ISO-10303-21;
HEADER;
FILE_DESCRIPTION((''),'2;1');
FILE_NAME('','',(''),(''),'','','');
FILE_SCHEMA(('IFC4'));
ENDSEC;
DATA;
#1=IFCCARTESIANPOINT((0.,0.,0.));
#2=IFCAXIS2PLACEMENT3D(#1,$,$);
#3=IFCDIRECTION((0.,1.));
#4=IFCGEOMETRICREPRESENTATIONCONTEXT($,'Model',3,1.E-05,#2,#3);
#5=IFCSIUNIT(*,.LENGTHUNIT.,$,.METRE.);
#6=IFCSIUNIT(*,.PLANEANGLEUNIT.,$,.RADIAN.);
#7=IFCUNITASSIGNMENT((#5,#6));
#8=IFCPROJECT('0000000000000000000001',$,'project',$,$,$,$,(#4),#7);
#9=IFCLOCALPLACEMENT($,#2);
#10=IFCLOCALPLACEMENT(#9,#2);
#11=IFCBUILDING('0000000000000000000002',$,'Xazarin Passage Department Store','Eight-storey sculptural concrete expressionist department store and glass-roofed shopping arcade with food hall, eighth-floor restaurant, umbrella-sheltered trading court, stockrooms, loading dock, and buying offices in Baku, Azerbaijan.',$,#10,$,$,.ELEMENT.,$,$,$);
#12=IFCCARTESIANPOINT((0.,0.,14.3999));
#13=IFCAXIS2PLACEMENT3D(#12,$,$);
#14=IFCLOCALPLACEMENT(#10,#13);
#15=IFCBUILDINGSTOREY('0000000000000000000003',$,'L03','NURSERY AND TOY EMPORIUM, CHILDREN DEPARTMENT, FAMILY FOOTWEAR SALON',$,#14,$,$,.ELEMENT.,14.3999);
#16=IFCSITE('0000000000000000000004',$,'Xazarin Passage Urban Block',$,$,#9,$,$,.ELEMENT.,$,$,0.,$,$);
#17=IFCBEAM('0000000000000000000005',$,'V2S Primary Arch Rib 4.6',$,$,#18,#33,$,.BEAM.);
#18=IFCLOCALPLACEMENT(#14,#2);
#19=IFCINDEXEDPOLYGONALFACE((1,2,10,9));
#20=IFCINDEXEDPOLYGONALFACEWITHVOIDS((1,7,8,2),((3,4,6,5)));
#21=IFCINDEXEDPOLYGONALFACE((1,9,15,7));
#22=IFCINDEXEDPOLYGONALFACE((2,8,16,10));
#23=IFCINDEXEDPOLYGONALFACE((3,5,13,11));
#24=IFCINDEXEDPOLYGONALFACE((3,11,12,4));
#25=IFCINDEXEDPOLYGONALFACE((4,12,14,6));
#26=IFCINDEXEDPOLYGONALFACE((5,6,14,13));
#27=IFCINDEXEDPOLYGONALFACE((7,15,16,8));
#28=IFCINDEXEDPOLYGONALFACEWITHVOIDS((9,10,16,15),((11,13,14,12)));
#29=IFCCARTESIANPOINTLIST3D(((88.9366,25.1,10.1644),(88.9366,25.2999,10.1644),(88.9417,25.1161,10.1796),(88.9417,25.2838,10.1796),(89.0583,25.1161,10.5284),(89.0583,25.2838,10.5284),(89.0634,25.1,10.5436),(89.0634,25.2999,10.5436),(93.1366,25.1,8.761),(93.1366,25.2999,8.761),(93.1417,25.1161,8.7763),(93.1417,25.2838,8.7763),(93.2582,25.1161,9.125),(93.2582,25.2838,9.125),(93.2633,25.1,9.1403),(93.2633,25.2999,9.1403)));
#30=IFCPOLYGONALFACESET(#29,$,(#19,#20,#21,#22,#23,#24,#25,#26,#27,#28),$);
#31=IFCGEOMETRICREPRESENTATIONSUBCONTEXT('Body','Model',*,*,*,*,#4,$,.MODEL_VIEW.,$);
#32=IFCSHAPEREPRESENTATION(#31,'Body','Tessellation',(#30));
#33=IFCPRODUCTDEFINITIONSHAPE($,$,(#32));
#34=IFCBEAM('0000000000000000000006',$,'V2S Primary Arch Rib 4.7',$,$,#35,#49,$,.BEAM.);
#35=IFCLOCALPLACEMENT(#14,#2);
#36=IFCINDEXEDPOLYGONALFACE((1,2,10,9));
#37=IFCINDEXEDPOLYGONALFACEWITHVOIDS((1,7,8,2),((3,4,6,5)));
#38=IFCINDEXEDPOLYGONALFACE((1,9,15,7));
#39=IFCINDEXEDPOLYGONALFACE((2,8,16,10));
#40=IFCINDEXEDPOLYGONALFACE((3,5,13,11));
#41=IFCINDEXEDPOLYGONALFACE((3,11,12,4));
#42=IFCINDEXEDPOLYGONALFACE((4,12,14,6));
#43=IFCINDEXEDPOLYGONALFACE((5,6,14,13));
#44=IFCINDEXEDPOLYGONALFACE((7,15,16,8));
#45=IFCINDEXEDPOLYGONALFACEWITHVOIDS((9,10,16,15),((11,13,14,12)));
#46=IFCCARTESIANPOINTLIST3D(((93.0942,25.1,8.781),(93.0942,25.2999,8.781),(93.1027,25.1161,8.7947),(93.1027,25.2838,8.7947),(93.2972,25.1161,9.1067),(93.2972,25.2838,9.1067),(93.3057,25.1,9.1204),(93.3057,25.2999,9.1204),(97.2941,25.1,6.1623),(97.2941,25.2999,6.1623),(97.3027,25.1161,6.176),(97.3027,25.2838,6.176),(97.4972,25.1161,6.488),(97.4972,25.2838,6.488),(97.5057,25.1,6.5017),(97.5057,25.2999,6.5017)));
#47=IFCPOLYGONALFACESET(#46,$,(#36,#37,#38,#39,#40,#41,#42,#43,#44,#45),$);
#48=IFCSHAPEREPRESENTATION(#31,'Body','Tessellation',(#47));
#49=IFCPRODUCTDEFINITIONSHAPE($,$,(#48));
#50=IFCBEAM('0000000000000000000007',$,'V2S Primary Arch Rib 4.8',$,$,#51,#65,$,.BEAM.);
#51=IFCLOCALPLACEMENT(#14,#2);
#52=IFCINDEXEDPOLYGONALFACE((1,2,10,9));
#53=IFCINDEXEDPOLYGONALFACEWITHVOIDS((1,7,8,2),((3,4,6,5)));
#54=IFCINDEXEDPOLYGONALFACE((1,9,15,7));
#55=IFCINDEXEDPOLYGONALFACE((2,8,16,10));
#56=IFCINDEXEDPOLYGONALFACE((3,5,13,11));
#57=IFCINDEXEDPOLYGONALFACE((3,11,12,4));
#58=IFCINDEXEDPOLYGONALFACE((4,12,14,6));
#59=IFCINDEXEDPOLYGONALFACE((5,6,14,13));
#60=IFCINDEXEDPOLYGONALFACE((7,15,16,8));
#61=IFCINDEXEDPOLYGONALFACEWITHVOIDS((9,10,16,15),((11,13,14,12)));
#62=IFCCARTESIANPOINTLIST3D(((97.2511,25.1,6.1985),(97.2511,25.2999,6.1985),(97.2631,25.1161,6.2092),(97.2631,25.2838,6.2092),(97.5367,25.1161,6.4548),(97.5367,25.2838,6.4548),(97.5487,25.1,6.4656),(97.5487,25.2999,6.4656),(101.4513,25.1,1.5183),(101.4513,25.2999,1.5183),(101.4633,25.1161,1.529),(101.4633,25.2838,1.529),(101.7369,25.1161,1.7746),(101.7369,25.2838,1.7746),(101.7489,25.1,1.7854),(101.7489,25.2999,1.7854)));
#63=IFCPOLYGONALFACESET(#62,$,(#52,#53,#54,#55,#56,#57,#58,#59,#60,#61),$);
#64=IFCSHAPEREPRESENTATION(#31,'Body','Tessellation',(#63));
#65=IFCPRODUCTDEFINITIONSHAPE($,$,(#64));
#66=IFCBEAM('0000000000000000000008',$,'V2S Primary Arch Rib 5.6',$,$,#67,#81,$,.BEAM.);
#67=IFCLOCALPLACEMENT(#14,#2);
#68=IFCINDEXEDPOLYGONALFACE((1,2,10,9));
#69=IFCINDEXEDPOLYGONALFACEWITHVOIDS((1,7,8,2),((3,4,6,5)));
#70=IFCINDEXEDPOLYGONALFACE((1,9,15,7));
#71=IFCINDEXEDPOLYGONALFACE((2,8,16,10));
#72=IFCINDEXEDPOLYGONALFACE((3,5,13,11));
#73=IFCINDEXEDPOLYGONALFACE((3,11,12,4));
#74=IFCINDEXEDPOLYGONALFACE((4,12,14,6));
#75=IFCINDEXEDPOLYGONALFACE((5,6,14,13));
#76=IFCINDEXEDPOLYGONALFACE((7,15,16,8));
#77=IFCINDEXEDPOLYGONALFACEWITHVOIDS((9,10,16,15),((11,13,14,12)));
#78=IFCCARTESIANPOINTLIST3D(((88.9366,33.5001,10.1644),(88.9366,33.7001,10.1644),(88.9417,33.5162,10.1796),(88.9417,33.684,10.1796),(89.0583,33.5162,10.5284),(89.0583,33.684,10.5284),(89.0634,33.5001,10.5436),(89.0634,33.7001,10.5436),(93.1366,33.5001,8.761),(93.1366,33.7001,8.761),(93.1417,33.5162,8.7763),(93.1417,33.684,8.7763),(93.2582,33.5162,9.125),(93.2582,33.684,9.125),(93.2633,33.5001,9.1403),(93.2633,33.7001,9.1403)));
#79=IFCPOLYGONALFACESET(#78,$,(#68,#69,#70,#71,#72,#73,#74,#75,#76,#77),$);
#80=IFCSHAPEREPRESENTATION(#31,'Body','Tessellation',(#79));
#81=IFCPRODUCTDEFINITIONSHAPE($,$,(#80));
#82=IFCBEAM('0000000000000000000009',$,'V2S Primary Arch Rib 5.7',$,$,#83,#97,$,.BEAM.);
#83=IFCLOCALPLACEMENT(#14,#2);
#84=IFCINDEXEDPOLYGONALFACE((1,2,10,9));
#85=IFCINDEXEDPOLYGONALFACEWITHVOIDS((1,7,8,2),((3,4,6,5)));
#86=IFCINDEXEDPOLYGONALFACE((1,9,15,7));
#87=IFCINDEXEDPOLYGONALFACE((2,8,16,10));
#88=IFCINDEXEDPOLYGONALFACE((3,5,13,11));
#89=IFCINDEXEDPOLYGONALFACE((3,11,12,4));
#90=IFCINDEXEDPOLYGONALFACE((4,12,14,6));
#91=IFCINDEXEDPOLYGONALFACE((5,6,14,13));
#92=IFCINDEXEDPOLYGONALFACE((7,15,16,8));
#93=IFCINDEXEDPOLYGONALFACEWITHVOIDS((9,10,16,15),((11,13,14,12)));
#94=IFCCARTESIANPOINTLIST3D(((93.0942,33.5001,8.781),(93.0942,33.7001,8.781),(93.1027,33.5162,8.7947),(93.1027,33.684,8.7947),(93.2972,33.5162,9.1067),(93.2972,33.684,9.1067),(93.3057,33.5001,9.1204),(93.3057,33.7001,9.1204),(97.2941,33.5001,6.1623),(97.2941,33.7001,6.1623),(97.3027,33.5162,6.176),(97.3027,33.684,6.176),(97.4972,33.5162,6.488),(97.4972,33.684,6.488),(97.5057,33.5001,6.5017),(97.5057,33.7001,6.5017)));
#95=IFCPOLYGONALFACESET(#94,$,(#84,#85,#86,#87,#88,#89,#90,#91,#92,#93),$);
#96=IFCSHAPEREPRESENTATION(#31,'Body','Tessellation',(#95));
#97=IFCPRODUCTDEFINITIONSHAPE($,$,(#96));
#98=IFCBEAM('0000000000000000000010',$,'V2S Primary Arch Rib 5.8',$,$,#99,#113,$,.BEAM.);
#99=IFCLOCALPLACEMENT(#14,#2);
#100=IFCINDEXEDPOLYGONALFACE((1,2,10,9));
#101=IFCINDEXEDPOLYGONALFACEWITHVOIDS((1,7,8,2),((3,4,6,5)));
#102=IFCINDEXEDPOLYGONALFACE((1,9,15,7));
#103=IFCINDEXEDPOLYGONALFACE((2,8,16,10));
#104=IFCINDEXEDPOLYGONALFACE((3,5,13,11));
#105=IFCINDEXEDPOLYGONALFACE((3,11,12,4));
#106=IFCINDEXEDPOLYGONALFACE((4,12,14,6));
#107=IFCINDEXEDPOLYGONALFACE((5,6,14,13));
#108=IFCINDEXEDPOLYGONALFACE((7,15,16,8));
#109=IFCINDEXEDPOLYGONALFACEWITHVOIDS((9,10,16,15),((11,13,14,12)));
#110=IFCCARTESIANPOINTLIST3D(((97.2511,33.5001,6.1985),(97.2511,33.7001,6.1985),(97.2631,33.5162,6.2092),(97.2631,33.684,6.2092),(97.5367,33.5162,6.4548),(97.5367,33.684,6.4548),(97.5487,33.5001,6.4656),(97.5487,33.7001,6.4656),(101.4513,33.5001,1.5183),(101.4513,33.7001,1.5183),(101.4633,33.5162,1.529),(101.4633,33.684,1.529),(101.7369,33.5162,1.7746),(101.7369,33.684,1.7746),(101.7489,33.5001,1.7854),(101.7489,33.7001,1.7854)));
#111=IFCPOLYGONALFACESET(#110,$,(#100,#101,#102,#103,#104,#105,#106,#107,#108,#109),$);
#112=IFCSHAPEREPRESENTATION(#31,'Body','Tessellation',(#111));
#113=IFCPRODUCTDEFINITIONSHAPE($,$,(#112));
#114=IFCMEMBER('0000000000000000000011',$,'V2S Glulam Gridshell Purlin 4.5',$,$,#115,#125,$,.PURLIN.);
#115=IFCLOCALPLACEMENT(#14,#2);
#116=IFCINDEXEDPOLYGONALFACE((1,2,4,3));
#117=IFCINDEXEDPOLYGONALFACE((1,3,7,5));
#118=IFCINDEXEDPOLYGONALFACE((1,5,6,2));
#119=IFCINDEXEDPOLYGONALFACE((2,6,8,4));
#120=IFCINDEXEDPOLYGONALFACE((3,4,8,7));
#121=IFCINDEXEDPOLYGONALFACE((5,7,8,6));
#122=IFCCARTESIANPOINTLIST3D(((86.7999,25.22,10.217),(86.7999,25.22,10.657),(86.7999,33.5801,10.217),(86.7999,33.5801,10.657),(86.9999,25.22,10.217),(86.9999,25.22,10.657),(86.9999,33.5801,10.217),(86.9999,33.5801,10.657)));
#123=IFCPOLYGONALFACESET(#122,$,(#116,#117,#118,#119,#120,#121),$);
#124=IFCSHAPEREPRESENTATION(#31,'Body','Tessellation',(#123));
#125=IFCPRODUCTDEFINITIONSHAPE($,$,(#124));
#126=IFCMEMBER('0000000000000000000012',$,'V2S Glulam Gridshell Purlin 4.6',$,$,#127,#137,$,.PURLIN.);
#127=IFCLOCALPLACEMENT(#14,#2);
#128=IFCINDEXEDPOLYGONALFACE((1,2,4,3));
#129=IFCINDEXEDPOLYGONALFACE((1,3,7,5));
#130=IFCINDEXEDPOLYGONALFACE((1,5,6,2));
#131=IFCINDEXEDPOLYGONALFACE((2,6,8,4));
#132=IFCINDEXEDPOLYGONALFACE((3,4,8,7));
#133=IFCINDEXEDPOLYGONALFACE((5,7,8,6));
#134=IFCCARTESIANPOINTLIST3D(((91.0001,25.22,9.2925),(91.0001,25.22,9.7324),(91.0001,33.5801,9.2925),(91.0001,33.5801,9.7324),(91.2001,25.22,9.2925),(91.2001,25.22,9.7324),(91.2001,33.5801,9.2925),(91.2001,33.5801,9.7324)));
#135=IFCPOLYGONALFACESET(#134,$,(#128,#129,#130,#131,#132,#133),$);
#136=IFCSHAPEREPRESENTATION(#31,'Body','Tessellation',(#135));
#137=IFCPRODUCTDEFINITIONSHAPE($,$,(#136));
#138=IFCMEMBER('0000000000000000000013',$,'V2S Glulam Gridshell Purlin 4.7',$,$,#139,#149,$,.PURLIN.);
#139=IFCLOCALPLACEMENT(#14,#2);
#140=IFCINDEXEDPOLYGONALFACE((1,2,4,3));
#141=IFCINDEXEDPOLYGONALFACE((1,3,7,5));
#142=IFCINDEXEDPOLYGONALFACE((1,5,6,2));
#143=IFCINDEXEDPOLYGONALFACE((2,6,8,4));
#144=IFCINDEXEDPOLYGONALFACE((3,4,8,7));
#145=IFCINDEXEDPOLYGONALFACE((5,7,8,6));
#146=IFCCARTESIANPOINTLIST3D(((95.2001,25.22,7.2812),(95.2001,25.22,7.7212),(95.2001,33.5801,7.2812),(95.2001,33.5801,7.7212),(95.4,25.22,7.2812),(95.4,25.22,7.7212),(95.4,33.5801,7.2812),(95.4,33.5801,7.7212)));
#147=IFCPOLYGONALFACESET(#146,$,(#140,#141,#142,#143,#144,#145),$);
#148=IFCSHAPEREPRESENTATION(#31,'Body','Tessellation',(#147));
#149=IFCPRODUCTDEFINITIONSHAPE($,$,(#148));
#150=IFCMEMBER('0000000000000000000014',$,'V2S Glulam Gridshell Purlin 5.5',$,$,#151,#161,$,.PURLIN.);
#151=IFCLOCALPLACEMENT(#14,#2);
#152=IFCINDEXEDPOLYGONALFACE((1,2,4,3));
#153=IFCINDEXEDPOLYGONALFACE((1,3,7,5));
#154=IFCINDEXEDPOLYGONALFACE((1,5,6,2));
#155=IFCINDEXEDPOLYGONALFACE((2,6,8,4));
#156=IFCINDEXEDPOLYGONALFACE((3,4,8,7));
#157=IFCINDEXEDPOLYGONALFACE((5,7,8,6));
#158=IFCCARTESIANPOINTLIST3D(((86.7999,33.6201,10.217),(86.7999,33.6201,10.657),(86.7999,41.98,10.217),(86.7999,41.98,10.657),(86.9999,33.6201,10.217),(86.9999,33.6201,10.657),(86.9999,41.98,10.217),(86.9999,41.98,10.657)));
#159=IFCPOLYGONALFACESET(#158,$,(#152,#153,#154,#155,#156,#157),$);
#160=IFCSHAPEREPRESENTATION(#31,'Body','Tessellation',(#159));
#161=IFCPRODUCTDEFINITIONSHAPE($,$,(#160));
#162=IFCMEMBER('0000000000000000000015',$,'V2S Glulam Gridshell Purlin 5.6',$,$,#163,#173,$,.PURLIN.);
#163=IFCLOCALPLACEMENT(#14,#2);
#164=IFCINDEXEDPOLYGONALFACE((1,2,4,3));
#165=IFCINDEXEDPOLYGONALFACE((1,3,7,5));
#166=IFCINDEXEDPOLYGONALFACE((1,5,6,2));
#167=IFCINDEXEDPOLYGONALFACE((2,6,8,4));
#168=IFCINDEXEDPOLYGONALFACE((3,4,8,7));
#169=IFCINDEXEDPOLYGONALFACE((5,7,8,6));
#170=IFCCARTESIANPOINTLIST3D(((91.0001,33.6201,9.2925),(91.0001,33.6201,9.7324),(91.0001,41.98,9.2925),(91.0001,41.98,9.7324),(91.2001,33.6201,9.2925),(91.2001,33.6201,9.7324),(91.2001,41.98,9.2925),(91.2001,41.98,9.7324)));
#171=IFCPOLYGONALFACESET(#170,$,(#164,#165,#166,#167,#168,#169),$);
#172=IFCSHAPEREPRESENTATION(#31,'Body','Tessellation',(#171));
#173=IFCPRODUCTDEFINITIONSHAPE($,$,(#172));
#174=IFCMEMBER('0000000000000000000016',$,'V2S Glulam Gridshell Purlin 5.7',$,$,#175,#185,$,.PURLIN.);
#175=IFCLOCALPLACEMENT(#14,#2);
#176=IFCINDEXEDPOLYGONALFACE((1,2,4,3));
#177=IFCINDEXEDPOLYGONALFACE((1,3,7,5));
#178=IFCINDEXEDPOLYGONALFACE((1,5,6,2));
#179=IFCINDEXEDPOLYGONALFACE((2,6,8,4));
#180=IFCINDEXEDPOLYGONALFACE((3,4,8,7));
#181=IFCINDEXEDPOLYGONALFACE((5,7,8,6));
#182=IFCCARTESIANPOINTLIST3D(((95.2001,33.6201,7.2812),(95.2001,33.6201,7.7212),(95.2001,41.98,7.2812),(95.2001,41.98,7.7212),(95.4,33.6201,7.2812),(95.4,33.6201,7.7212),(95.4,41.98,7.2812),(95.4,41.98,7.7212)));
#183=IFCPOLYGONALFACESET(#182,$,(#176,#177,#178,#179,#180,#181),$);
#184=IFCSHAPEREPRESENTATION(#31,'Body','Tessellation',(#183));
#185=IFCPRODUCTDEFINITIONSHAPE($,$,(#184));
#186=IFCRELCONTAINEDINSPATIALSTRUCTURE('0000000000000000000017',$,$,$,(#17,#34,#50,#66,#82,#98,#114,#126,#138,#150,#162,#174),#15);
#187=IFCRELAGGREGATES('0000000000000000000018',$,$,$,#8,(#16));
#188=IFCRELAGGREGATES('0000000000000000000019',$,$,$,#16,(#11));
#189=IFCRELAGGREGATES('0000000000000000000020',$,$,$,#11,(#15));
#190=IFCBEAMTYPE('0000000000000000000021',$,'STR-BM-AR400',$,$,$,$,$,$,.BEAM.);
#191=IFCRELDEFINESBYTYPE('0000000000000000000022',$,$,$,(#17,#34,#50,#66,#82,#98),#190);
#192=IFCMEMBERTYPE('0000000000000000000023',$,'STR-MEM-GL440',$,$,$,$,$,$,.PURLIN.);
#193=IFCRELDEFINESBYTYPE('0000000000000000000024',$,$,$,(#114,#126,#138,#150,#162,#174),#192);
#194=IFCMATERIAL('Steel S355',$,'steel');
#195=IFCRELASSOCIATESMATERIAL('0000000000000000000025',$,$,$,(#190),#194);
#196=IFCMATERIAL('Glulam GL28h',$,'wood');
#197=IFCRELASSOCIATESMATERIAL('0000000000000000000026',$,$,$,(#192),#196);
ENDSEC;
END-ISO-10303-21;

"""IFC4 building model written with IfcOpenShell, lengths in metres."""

from ifc_helpers import new_model, si_unit, direction, frame, origin, origin_2d, place, context, subcontext, project, spatial, rectangle, hollow_rectangle, extrude, material, material_profile, profile_set, type_object, element, save


model = new_model("IFC4")

# Units and contexts
model_context = context("Model", 3, precision=1e-05, world=origin(), true_north=direction((0.0, 1.0)))
body_context = subcontext(model_context, "Body", "Model", "MODEL_VIEW")
ifc_project = project(units=[si_unit("LENGTHUNIT", "METRE"), si_unit("PLANEANGLEUNIT", "RADIAN")], contexts=[model_context])

# Site, building, storey
site_placement = place(None, origin())
site = spatial("IfcSite", under=ifc_project, at=site_placement, Name="Xazarin Passage Urban Block", CompositionType="ELEMENT", RefElevation=0.0)
building_placement = place(site_placement, origin())
building = spatial("IfcBuilding", under=site, at=building_placement, Name="Xazarin Passage Department Store", Description="Eight-storey sculptural concrete expressionist department store and glass-roofed shopping arcade with food hall, eighth-floor restaurant, umbrella-sheltered trading court, stockrooms, loading dock, and buying offices in Baku, Azerbaijan.", CompositionType="ELEMENT")
storey_placement = place(building_placement, frame((0.0, 0.0, 14.3999)))
storey = spatial("IfcBuildingStorey", under=building, at=storey_placement, Name="L03", Description="NURSERY AND TOY EMPORIUM, CHILDREN DEPARTMENT, FAMILY FOOTWEAR SALON", CompositionType="ELEMENT", Elevation=14.3999)

# Beams
ifc_material_1 = material(Name="Steel S355", Category="steel")
ifc_material_profile_1 = material_profile(ifc_material_1, hollow_rectangle(XDim=0.2, YDim=0.3999, WallThickness=0.0161, at=origin_2d()), Name="RHS 400x200x16")
ifc_profile_set_1 = profile_set([ifc_material_profile_1], Name="Steel S355")
beam_type = type_object("IfcBeamType", Name="STR-BM-AR400", PredefinedType="BEAM", material=ifc_profile_set_1)
beam_1_placement = place(storey_placement, frame((89.0, 25.2, 10.354), z_axis=(0.948457, 0.0, -0.316906), x_axis=(0.0, 1.0, 0.0)))
element("IfcBeam", 1, at=beam_1_placement, inside=storey, type_object=beam_type, Name="V2S Primary Arch Rib 4.6", PredefinedType="BEAM", context=body_context, shape_type="SweptSolid", body=[
    extrude(hollow_rectangle(XDim=0.2, YDim=0.3999, WallThickness=0.0161, at=origin_2d()), origin(), (0.0, 0.0, 1.0), 4.4282),
])
beam_2_placement = place(storey_placement, frame((93.2, 25.2, 8.9507), z_axis=(0.848571, 0.0, -0.529081), x_axis=(0.0, 1.0, 0.0)))
element("IfcBeam", 2, at=beam_2_placement, inside=storey, type_object=beam_type, Name="V2S Primary Arch Rib 4.7", PredefinedType="BEAM", context=body_context, shape_type="SweptSolid", body=[
    extrude(hollow_rectangle(XDim=0.2, YDim=0.3999, WallThickness=0.0161, at=origin_2d()), origin(), (0.0, 0.0, 1.0), 4.9495),
])
beam_3_placement = place(storey_placement, frame((97.3999, 25.2, 6.332), z_axis=(0.667913, 0.0, -0.744239), x_axis=(0.0, 1.0, 0.0)))
element("IfcBeam", 3, at=beam_3_placement, inside=storey, type_object=beam_type, Name="V2S Primary Arch Rib 4.8", PredefinedType="BEAM", context=body_context, shape_type="SweptSolid", body=[
    extrude(hollow_rectangle(XDim=0.2, YDim=0.3999, WallThickness=0.0161, at=origin_2d()), origin(), (0.0, 0.0, 1.0), 6.2886),
])
beam_4_placement = place(storey_placement, frame((89.0, 33.6001, 10.354), z_axis=(0.948457, 0.0, -0.316906), x_axis=(0.0, 1.0, 0.0)))
element("IfcBeam", 4, at=beam_4_placement, inside=storey, type_object=beam_type, Name="V2S Primary Arch Rib 5.6", PredefinedType="BEAM", context=body_context, shape_type="SweptSolid", body=[
    extrude(hollow_rectangle(XDim=0.2, YDim=0.3999, WallThickness=0.0161, at=origin_2d()), origin(), (0.0, 0.0, 1.0), 4.4282),
])
beam_5_placement = place(storey_placement, frame((93.2, 33.6001, 8.9507), z_axis=(0.848571, 0.0, -0.529081), x_axis=(0.0, 1.0, 0.0)))
element("IfcBeam", 5, at=beam_5_placement, inside=storey, type_object=beam_type, Name="V2S Primary Arch Rib 5.7", PredefinedType="BEAM", context=body_context, shape_type="SweptSolid", body=[
    extrude(hollow_rectangle(XDim=0.2, YDim=0.3999, WallThickness=0.0161, at=origin_2d()), origin(), (0.0, 0.0, 1.0), 4.9495),
])
beam_6_placement = place(storey_placement, frame((97.3999, 33.6001, 6.332), z_axis=(0.667913, 0.0, -0.744239), x_axis=(0.0, 1.0, 0.0)))
element("IfcBeam", 6, at=beam_6_placement, inside=storey, type_object=beam_type, Name="V2S Primary Arch Rib 5.8", PredefinedType="BEAM", context=body_context, shape_type="SweptSolid", body=[
    extrude(hollow_rectangle(XDim=0.2, YDim=0.3999, WallThickness=0.0161, at=origin_2d()), origin(), (0.0, 0.0, 1.0), 6.2886),
])

# Members
ifc_material_2 = material(Name="Glulam GL28h", Category="wood")
ifc_material_profile_2 = material_profile(ifc_material_2, rectangle(XDim=0.2, YDim=0.4399, at=origin_2d()), Name="GL28h 200x440")
ifc_profile_set_2 = profile_set([ifc_material_profile_2], Name="Glulam GL28h")
member_type_1 = type_object("IfcMemberType", Name="STR-MEM-GL440", PredefinedType="PURLIN", material=ifc_profile_set_2)
for number, where, z_axis, x_axis, name in (
    (7, (86.8999, 25.22, 10.437), (0.0, 1.0, 0.0), (-1.0, 0.0, 0.0), "V2S Glulam Gridshell Purlin 4.5"),
    (8, (91.1001, 25.22, 9.5125), (0.0, 1.0, 0.0), (-1.0, 0.0, 0.0), "V2S Glulam Gridshell Purlin 4.6"),
    (9, (95.3, 25.22, 7.5012), (0.0, 1.0, 0.0), (-1.0, 0.0, 0.0), "V2S Glulam Gridshell Purlin 4.7"),
):
    element("IfcMember", number, at=place(storey_placement, frame(where, z_axis=z_axis, x_axis=x_axis)), inside=storey, type_object=member_type_1, Name=name, PredefinedType="PURLIN", context=body_context, shape_type="SweptSolid", body=[
        extrude(rectangle(XDim=0.2, YDim=0.4399, at=origin_2d()), origin(), (0.0, 0.0, 1.0), 8.3601),
    ])
for number, where, z_axis, x_axis, name in (
    (10, (86.8999, 33.6201, 10.437), (0.0, 1.0, 0.0), (-1.0, 0.0, 0.0), "V2S Glulam Gridshell Purlin 5.5"),
    (11, (91.1001, 33.6201, 9.5125), (0.0, 1.0, 0.0), (-1.0, 0.0, 0.0), "V2S Glulam Gridshell Purlin 5.6"),
    (12, (95.3, 33.6201, 7.5012), (0.0, 1.0, 0.0), (-1.0, 0.0, 0.0), "V2S Glulam Gridshell Purlin 5.7"),
):
    element("IfcMember", number, at=place(storey_placement, frame(where, z_axis=z_axis, x_axis=x_axis)), inside=storey, type_object=member_type_1, Name=name, PredefinedType="PURLIN", context=body_context, shape_type="SweptSolid", body=[
        extrude(rectangle(XDim=0.2, YDim=0.4399, at=origin_2d()), origin(), (0.0, 0.0, 1.0), 8.3599),
    ])

save(model, "model.ifc")
